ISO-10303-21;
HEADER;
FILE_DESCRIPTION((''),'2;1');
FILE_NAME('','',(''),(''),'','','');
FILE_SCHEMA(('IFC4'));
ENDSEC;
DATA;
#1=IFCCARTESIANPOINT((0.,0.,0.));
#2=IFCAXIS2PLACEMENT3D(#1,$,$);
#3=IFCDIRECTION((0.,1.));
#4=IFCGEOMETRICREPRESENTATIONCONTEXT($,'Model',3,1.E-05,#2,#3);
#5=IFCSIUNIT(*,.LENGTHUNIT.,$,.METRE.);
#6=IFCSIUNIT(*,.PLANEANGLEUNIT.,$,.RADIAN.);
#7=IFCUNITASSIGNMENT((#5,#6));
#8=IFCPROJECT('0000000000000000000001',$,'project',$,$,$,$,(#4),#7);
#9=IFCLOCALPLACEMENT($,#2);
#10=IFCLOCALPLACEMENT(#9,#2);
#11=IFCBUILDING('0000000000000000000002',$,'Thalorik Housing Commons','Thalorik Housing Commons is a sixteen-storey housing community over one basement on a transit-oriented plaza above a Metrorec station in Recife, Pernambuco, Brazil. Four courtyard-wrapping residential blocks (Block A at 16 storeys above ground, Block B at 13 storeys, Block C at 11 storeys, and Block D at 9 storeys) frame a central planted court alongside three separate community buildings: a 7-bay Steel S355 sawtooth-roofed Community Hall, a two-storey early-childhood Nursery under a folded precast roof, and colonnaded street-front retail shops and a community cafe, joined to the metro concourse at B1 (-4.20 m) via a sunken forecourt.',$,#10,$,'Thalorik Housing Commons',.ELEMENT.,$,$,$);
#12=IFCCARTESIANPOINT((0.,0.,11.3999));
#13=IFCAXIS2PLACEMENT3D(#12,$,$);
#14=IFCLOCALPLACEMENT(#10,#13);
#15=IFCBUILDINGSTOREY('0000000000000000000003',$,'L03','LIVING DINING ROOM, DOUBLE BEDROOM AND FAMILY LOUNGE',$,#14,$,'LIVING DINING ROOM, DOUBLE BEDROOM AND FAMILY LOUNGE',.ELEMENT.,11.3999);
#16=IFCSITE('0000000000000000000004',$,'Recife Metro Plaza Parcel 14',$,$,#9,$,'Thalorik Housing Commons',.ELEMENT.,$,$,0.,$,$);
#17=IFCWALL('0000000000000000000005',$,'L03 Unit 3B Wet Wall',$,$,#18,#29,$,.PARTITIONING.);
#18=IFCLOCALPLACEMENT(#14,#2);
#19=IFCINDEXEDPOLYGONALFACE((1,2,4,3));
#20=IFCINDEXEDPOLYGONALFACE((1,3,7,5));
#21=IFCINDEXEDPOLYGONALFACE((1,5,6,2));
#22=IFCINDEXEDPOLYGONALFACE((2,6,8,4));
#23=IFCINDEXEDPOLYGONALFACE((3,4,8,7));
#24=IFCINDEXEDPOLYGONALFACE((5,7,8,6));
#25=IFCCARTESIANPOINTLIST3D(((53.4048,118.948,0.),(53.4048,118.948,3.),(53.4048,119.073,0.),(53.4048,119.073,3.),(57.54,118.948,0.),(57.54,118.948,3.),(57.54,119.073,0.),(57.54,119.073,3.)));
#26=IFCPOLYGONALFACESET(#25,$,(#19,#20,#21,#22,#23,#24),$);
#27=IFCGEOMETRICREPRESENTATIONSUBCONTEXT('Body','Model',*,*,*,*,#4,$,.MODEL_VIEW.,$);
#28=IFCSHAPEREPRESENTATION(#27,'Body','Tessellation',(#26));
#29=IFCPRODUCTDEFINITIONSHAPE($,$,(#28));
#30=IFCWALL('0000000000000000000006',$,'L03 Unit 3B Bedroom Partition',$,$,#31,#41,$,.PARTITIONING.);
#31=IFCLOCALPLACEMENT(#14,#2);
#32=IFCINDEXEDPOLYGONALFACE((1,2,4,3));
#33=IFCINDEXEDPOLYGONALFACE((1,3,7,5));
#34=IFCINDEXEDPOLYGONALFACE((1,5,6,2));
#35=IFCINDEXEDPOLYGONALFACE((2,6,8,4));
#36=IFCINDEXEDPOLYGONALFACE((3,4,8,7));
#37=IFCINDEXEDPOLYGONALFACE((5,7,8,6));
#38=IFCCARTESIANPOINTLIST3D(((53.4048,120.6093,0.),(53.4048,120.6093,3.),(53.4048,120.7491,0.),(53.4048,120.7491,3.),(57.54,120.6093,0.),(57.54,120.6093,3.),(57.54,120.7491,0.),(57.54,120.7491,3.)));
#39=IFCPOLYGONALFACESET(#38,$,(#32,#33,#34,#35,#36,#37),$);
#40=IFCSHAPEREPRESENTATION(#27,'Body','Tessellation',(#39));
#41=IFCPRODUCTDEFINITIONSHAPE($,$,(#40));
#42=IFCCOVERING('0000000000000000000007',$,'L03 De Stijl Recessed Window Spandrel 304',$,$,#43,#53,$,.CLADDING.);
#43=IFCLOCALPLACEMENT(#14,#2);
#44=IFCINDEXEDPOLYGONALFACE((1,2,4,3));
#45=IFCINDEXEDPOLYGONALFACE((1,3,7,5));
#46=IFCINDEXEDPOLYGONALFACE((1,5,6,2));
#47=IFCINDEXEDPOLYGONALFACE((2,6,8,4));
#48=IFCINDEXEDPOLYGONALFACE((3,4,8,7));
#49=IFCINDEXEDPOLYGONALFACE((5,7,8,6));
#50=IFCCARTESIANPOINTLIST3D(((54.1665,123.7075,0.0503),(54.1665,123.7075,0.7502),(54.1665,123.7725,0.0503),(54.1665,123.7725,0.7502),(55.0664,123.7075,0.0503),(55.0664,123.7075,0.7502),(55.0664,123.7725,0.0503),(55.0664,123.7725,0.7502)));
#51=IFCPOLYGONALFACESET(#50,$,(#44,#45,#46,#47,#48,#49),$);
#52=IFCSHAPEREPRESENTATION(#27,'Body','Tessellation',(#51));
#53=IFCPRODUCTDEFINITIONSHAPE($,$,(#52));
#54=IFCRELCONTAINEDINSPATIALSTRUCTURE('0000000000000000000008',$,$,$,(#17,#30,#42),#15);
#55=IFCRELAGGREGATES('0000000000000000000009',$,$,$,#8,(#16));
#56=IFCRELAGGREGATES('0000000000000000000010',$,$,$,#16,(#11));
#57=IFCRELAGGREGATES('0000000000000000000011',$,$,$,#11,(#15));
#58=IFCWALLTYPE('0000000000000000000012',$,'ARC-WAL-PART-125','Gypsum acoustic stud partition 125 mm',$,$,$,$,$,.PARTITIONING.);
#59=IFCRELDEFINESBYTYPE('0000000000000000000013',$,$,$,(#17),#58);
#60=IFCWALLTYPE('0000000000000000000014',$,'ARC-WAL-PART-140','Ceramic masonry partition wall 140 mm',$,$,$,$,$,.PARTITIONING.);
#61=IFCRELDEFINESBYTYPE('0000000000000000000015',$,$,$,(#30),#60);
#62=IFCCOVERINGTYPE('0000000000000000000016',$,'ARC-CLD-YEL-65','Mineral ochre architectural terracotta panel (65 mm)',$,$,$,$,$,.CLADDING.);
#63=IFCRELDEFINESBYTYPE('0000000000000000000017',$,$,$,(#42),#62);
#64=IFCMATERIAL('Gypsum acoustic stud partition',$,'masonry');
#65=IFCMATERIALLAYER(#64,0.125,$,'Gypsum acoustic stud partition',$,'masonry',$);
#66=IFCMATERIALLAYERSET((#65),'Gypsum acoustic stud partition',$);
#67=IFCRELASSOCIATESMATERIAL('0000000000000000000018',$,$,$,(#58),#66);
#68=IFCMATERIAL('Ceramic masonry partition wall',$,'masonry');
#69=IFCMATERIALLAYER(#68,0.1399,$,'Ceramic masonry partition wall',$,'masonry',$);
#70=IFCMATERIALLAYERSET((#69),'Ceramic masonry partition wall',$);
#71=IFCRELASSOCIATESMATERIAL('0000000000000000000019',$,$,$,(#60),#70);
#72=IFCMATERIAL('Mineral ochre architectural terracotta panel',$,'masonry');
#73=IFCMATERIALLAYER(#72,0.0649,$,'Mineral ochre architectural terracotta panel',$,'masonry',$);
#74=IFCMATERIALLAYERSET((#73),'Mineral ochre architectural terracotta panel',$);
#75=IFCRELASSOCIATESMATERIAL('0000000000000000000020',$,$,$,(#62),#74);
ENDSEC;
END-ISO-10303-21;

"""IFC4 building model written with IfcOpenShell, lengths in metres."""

from ifc_helpers import new_model, si_unit, direction, frame, frame_2d, origin, origin_2d, place, context, subcontext, project, spatial, rectangle, extrude, material, layer, layer_set, type_object, element, save


model = new_model("IFC4")

# Units and contexts
model_context = context("Model", 3, precision=1e-05, world=origin(), true_north=direction((0.0, 1.0)))
body_context = subcontext(model_context, "Body", "Model", "MODEL_VIEW")
ifc_project = project(units=[si_unit("LENGTHUNIT", "METRE"), si_unit("PLANEANGLEUNIT", "RADIAN")], contexts=[model_context])

# Site, building, storey
site_placement = place(None, origin())
site = spatial("IfcSite", under=ifc_project, at=site_placement, Name="Recife Metro Plaza Parcel 14", LongName="Thalorik Housing Commons", CompositionType="ELEMENT", RefElevation=0.0)
building_placement = place(site_placement, origin())
building = spatial("IfcBuilding", under=site, at=building_placement, Name="Thalorik Housing Commons", Description="Thalorik Housing Commons is a sixteen-storey housing community over one basement on a transit-oriented plaza above a Metrorec station in Recife, Pernambuco, Brazil. Four courtyard-wrapping residential blocks (Block A at 16 storeys above ground, Block B at 13 storeys, Block C at 11 storeys, and Block D at 9 storeys) frame a central planted court alongside three separate community buildings: a 7-bay Steel S355 sawtooth-roofed Community Hall, a two-storey early-childhood Nursery under a folded precast roof, and colonnaded street-front retail shops and a community cafe, joined to the metro concourse at B1 (-4.20 m) via a sunken forecourt.", LongName="Thalorik Housing Commons", CompositionType="ELEMENT")
storey_placement = place(building_placement, frame((0.0, 0.0, 11.3999)))
storey = spatial("IfcBuildingStorey", under=building, at=storey_placement, Name="L03", Description="LIVING DINING ROOM, DOUBLE BEDROOM AND FAMILY LOUNGE", LongName="LIVING DINING ROOM, DOUBLE BEDROOM AND FAMILY LOUNGE", CompositionType="ELEMENT", Elevation=11.3999)

# Walls
ifc_material_1 = material(Name="Gypsum acoustic stud partition", Category="masonry")
ifc_layer_1 = layer(ifc_material_1, 0.125, Name="Gypsum acoustic stud partition", Category="masonry")
ifc_layer_set_1 = layer_set([ifc_layer_1], Name="Gypsum acoustic stud partition")
wall_type_1 = type_object("IfcWallType", Name="ARC-WAL-PART-125", Description="Gypsum acoustic stud partition 125 mm", PredefinedType="PARTITIONING", material=ifc_layer_set_1)
wall_1_placement = place(storey_placement, frame((53.4048, 119.0105, 0.0), z_axis=(0.0, 0.0, 1.0), x_axis=(1.0, 0.0, 0.0)))
element("IfcWall", 1, at=wall_1_placement, inside=storey, type_object=wall_type_1, Name="L03 Unit 3B Wet Wall", PredefinedType="PARTITIONING", context=body_context, shape_type="SweptSolid", body=[
    extrude(rectangle(XDim=4.1353, YDim=0.125, at=frame_2d((2.0676, 0.0))), origin(), (0.0, 0.0, 1.0), 3.0),
])
ifc_material_2 = material(Name="Ceramic masonry partition wall", Category="masonry")
ifc_layer_2 = layer(ifc_material_2, 0.1399, Name="Ceramic masonry partition wall", Category="masonry")
ifc_layer_set_2 = layer_set([ifc_layer_2], Name="Ceramic masonry partition wall")
wall_type_2 = type_object("IfcWallType", Name="ARC-WAL-PART-140", Description="Ceramic masonry partition wall 140 mm", PredefinedType="PARTITIONING", material=ifc_layer_set_2)
wall_2_placement = place(storey_placement, frame((53.4048, 120.6792, 0.0), z_axis=(0.0, 0.0, 1.0), x_axis=(1.0, 0.0, 0.0)))
element("IfcWall", 2, at=wall_2_placement, inside=storey, type_object=wall_type_2, Name="L03 Unit 3B Bedroom Partition", PredefinedType="PARTITIONING", context=body_context, shape_type="SweptSolid", body=[
    extrude(rectangle(XDim=4.1353, YDim=0.1399, at=frame_2d((2.0676, 0.0))), origin(), (0.0, 0.0, 1.0), 3.0),
])

# Covering
ifc_material_3 = material(Name="Mineral ochre architectural terracotta panel", Category="masonry")
ifc_layer_3 = layer(ifc_material_3, 0.0649, Name="Mineral ochre architectural terracotta panel", Category="masonry")
ifc_layer_set_3 = layer_set([ifc_layer_3], Name="Mineral ochre architectural terracotta panel")
covering_type_1 = type_object("IfcCoveringType", Name="ARC-CLD-YEL-65", Description="Mineral ochre architectural terracotta panel (65 mm)", PredefinedType="CLADDING", material=ifc_layer_set_3)
covering_1_placement = place(storey_placement, frame((54.6165, 123.74, 0.0503), z_axis=(0.0, 0.0, 1.0), x_axis=(-1.0, 0.0, 0.0)))
element("IfcCovering", 3, at=covering_1_placement, inside=storey, type_object=covering_type_1, Name="L03 De Stijl Recessed Window Spandrel 304", PredefinedType="CLADDING", context=body_context, shape_type="SweptSolid", body=[
    extrude(rectangle(XDim=0.8999, YDim=0.0649, at=origin_2d()), origin(), (0.0, 0.0, 1.0), 0.7),
])

save(model, "model.ifc")
